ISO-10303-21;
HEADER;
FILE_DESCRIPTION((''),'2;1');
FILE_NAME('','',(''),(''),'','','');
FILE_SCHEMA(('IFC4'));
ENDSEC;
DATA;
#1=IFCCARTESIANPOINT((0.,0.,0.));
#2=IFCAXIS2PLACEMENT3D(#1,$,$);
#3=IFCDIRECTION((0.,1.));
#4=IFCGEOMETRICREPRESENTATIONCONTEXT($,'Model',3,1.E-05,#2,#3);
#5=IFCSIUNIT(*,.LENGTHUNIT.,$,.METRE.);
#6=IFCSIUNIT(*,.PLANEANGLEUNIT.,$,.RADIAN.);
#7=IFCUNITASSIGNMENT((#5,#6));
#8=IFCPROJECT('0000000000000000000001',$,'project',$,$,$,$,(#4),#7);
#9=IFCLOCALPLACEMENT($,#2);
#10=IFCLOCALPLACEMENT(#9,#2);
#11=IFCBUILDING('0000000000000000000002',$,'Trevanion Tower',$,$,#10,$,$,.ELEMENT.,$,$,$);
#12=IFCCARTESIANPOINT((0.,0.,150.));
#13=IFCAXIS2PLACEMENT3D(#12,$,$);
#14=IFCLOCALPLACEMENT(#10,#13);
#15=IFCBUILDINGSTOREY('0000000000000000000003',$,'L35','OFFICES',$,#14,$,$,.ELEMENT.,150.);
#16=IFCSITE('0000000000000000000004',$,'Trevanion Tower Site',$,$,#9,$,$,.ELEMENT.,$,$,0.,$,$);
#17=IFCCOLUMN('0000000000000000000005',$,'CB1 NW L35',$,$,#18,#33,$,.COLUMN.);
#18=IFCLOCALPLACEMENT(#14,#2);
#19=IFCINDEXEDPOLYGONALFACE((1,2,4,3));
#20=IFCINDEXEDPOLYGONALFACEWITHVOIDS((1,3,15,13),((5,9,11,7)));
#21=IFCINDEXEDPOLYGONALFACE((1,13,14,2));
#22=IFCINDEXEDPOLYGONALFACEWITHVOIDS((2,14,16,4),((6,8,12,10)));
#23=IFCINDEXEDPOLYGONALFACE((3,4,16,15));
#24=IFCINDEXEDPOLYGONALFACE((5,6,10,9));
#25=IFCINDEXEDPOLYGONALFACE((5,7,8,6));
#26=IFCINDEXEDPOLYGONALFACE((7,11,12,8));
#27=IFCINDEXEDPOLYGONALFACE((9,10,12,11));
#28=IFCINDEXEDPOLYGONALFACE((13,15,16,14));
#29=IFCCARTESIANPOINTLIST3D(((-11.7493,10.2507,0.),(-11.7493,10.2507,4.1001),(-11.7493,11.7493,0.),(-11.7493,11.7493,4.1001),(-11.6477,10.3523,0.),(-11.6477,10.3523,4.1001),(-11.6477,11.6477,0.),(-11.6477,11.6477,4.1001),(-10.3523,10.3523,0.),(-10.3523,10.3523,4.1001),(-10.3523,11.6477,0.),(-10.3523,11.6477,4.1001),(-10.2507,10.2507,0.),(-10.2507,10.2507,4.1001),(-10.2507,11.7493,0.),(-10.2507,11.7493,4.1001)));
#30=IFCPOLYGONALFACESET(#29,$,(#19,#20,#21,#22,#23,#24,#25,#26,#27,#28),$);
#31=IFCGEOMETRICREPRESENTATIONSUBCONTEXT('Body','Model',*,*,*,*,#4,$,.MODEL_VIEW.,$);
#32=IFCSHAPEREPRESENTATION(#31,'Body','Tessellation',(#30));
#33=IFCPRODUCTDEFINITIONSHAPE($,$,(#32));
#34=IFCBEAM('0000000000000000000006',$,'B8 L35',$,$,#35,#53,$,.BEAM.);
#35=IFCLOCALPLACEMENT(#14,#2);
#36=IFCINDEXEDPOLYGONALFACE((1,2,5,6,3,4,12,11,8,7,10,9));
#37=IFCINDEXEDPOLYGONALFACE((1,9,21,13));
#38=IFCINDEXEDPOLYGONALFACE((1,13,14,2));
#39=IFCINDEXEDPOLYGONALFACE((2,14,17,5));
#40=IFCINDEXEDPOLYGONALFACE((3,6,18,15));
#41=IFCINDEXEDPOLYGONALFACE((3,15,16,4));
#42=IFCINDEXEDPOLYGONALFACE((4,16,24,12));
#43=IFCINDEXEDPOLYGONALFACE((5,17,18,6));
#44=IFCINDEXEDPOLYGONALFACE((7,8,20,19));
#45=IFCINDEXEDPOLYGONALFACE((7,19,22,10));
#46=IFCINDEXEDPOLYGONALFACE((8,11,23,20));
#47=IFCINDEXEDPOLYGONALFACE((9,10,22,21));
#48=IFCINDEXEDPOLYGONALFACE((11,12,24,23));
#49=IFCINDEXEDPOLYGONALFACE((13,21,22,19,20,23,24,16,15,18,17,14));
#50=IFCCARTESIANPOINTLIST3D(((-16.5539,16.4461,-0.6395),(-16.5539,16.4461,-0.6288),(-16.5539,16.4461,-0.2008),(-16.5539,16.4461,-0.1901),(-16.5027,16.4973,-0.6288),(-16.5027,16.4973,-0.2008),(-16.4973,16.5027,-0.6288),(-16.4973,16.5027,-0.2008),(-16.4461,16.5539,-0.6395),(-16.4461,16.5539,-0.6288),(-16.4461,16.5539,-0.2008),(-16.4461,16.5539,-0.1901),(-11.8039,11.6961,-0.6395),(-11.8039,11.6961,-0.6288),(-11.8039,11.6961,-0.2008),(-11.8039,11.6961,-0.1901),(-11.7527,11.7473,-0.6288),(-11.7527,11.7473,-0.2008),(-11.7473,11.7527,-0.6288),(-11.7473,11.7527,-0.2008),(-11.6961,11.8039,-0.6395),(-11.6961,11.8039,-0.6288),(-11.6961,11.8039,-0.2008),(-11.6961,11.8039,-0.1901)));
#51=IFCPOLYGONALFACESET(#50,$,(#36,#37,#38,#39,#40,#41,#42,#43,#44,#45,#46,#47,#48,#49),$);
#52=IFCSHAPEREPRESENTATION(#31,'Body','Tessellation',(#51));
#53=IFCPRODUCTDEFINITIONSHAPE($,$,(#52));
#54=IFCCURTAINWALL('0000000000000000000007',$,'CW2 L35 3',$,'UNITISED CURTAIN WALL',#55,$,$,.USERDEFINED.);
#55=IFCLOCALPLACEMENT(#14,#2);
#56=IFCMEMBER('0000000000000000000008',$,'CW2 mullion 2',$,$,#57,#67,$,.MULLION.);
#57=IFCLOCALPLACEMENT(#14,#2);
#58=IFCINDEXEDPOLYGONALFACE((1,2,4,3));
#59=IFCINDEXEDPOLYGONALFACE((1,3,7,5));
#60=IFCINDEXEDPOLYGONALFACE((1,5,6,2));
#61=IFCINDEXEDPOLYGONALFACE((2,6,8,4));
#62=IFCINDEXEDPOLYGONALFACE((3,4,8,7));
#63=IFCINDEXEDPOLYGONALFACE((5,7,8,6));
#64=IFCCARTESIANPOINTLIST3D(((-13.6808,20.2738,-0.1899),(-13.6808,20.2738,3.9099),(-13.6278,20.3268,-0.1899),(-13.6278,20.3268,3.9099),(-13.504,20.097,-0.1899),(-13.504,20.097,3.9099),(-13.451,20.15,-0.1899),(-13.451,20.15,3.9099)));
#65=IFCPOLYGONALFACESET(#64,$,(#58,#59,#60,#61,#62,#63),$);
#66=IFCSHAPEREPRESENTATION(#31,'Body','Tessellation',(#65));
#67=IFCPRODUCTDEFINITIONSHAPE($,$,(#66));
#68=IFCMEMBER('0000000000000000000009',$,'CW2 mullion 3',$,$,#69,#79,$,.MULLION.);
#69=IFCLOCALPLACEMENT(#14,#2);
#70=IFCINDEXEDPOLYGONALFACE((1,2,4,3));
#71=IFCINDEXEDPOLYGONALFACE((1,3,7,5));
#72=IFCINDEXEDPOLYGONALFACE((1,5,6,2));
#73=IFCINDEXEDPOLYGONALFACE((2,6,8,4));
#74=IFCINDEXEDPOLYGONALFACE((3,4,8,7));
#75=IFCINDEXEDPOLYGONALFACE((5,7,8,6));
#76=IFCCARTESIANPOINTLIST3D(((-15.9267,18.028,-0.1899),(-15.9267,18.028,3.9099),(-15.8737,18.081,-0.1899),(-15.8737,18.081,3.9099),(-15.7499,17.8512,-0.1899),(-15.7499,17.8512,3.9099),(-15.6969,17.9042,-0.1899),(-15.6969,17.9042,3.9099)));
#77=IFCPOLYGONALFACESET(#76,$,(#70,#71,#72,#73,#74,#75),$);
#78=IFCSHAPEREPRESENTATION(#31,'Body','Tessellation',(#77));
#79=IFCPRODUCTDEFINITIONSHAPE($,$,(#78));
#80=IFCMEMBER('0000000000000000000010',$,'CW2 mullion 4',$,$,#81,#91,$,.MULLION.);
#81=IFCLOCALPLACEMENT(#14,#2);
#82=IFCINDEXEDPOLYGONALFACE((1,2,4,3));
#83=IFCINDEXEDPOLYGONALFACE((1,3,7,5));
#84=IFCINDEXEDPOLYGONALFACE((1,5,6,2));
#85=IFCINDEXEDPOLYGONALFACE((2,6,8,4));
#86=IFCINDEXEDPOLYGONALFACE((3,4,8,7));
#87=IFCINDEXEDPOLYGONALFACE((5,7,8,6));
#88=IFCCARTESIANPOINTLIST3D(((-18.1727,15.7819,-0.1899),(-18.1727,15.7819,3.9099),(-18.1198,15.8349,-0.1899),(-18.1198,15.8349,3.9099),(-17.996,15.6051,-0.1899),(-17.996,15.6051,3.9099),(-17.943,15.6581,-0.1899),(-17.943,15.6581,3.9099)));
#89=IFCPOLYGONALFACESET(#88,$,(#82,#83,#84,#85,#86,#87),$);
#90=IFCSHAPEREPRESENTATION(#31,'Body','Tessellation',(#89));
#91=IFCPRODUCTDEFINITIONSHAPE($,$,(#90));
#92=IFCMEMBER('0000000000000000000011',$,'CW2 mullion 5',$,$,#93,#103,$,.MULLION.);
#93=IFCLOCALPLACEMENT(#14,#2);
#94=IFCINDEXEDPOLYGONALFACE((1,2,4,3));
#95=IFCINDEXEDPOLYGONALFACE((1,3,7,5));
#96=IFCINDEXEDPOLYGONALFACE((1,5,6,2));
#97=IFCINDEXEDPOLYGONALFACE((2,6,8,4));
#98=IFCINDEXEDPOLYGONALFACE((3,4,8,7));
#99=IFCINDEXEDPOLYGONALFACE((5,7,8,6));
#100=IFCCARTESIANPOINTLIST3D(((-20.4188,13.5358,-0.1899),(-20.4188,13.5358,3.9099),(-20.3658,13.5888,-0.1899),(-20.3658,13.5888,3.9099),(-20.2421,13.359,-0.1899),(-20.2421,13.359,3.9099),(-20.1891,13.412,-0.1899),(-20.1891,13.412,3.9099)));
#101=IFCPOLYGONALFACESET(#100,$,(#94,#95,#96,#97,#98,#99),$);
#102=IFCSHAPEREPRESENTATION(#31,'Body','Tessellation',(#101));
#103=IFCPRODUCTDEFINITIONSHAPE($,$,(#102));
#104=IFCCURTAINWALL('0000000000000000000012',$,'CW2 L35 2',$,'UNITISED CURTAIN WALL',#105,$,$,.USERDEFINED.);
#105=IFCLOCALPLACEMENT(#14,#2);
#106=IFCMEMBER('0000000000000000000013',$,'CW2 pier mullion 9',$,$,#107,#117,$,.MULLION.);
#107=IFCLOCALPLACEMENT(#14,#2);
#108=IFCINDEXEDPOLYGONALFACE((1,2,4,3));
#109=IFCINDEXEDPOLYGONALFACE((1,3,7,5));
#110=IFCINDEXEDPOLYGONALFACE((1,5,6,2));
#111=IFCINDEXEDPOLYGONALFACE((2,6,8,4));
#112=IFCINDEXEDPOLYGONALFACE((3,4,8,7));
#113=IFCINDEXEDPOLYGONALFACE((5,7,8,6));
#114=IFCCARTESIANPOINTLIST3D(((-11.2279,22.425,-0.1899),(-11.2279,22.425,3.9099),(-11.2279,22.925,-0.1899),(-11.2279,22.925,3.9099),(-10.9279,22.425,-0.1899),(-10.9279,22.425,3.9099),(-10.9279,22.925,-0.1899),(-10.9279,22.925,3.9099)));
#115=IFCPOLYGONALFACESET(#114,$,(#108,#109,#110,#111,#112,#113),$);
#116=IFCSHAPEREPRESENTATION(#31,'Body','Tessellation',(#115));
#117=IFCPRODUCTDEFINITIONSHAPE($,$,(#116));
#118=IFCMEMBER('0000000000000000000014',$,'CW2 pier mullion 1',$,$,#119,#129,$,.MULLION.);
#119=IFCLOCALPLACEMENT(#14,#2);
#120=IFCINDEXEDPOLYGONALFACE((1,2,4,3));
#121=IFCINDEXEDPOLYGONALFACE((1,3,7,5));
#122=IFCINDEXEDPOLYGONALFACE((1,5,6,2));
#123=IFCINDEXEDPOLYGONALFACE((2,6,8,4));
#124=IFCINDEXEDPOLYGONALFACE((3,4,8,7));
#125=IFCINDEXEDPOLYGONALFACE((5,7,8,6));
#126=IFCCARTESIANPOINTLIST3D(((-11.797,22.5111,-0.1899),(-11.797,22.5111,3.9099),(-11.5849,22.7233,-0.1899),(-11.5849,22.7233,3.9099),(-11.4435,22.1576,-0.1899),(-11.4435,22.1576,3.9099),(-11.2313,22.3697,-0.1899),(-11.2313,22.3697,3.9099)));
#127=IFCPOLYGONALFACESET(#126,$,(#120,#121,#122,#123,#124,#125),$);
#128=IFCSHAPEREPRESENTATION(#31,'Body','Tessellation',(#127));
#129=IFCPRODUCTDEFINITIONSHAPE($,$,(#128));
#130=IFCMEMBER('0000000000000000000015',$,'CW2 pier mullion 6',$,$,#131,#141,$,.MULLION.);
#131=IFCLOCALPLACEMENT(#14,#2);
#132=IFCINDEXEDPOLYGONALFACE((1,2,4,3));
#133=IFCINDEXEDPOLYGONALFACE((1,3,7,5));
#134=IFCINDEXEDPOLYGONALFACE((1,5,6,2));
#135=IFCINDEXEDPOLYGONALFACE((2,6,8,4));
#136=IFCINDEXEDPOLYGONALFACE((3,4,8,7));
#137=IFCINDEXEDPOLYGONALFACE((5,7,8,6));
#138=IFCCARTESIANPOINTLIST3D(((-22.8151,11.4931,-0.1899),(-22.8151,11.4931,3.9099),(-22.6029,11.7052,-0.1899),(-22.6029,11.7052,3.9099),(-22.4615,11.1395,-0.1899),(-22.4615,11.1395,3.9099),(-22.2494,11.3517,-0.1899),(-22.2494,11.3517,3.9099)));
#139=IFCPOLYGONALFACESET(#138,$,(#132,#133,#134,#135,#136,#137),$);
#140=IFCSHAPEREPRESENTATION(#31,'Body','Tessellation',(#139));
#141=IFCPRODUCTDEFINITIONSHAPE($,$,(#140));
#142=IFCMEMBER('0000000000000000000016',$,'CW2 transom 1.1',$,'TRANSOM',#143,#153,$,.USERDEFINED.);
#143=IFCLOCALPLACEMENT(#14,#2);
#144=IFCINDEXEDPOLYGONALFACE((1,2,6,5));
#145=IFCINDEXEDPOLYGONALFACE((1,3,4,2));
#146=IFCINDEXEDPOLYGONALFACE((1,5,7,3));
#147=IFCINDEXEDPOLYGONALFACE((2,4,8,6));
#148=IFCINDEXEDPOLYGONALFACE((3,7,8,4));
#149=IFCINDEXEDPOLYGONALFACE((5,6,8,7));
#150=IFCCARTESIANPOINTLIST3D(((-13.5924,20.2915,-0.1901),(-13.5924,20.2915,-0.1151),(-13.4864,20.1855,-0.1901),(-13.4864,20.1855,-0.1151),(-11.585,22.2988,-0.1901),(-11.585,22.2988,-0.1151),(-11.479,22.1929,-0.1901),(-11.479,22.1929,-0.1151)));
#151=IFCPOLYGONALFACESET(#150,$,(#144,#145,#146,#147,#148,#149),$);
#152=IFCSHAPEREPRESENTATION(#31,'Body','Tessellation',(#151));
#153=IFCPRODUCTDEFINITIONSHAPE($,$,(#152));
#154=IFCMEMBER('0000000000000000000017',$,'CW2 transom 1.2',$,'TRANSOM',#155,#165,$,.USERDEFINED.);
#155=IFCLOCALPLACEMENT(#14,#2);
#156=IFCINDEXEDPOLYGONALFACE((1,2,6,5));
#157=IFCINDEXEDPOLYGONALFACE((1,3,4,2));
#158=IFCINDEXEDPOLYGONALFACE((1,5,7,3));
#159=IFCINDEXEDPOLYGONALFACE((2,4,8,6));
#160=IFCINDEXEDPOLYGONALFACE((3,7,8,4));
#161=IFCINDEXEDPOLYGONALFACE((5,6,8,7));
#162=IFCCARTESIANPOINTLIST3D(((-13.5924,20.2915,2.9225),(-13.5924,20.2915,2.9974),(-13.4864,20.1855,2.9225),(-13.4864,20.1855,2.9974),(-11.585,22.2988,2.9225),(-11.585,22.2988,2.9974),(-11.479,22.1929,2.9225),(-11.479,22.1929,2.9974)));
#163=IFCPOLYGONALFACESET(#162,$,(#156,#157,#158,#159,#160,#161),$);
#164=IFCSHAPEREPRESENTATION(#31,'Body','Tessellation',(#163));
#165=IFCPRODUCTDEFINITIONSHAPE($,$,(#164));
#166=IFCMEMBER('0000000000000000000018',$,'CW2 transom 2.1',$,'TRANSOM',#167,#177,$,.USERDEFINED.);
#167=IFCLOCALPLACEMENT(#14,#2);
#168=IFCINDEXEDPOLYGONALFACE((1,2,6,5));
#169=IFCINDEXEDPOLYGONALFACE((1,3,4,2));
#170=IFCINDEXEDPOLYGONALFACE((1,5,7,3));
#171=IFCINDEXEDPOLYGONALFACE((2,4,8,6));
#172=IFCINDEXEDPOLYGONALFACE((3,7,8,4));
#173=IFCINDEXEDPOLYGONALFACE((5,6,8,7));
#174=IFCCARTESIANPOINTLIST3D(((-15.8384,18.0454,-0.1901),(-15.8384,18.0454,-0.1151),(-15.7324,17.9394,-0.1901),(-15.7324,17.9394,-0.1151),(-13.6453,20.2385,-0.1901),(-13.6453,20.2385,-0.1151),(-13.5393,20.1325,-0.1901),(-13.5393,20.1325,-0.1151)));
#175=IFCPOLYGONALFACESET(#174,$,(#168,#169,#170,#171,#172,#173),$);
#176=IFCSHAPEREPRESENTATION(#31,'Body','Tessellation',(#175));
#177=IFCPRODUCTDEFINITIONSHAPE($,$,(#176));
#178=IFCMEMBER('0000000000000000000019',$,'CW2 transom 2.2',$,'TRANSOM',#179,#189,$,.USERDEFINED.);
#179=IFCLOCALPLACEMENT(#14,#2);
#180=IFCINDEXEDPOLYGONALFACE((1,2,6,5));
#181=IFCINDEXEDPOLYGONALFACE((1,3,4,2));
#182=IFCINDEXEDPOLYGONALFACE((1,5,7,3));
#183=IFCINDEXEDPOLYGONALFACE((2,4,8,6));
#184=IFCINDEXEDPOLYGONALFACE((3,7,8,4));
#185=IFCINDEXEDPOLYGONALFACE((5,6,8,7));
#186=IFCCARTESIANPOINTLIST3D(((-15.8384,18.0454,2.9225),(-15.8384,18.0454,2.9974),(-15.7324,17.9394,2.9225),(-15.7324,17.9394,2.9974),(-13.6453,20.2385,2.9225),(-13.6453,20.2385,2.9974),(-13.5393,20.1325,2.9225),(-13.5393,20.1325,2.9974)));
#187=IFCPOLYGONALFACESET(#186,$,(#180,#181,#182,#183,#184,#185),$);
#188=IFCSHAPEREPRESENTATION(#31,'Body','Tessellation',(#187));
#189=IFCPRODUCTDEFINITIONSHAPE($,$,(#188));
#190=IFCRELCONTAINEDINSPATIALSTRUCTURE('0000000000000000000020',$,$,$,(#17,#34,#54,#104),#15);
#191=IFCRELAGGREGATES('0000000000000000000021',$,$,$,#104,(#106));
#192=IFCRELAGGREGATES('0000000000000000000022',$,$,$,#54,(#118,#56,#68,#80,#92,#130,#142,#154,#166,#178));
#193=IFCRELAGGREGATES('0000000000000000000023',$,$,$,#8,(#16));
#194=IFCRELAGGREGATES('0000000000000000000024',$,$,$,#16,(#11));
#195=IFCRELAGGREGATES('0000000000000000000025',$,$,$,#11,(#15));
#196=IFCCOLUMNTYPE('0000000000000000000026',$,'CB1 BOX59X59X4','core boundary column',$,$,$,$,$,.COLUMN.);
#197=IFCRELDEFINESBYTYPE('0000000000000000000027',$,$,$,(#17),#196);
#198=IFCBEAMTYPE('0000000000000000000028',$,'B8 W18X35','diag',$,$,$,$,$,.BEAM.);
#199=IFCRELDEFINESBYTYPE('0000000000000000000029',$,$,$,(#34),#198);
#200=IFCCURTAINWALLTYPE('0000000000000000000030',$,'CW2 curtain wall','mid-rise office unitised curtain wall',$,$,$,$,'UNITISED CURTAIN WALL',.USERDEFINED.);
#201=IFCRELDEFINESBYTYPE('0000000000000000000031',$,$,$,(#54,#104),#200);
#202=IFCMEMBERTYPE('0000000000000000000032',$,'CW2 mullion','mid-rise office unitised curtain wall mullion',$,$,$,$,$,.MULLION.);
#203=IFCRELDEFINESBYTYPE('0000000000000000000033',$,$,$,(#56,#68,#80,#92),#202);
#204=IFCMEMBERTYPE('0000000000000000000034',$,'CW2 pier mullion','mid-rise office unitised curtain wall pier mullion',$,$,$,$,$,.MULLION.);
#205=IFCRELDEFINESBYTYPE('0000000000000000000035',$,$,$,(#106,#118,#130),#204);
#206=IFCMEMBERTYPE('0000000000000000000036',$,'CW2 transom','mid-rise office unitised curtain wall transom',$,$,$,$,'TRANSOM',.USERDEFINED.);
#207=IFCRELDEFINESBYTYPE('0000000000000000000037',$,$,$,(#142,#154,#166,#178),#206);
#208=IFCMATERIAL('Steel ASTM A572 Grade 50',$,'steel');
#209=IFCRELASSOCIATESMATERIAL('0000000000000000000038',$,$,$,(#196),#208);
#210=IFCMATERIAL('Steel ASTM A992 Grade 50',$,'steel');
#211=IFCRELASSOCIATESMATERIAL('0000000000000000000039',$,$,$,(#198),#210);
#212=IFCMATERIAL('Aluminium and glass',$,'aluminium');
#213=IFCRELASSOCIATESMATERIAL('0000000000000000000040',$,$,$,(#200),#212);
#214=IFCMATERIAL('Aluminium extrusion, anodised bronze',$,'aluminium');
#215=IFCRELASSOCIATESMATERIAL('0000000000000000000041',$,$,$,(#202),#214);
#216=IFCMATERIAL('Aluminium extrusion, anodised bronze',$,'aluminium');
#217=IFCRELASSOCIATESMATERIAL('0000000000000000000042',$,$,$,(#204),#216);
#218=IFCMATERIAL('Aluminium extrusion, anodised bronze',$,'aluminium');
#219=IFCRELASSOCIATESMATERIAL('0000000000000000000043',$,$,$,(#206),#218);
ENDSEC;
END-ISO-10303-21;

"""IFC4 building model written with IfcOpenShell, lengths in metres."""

from ifc_helpers import new_model, si_unit, direction, frame, origin, origin_2d, place, context, subcontext, project, spatial, rectangle, hollow_rectangle, i_section, extrude, material, material_profile, profile_set, type_object, element, aggregate, save


model = new_model("IFC4")

# Units and contexts
model_context = context("Model", 3, precision=1e-05, world=origin(), true_north=direction((0.0, 1.0)))
body_context = subcontext(model_context, "Body", "Model", "MODEL_VIEW")
ifc_project = project(units=[si_unit("LENGTHUNIT", "METRE"), si_unit("PLANEANGLEUNIT", "RADIAN")], contexts=[model_context])

# Site, building, storey
site_placement = place(None, origin())
site = spatial("IfcSite", under=ifc_project, at=site_placement, Name="Trevanion Tower Site", CompositionType="ELEMENT", RefElevation=0.0)
building_placement = place(site_placement, origin())
building = spatial("IfcBuilding", under=site, at=building_placement, Name="Trevanion Tower", CompositionType="ELEMENT")
storey_placement = place(building_placement, frame((0.0, 0.0, 150.0)))
storey = spatial("IfcBuildingStorey", under=building, at=storey_placement, Name="L35", Description="OFFICES", CompositionType="ELEMENT", Elevation=150.0)

# Column
ifc_material_1 = material(Name="Steel ASTM A572 Grade 50", Category="steel")
ifc_material_profile_1 = material_profile(ifc_material_1, hollow_rectangle(XDim=1.4985, YDim=1.4985, WallThickness=0.1016, at=origin_2d()), Name="BOX59X59X4")
ifc_profile_set_1 = profile_set([ifc_material_profile_1], Name="Steel ASTM A572 Grade 50")
column_type = type_object("IfcColumnType", Name="CB1 BOX59X59X4", Description="core boundary column", PredefinedType="COLUMN", material=ifc_profile_set_1)
column_placement = place(storey_placement, frame((-11.0, 11.0, 0.0), z_axis=(0.0, 0.0, 1.0), x_axis=(1.0, 0.0, 0.0)))
element("IfcColumn", 1, at=column_placement, inside=storey, type_object=column_type, Name="CB1 NW L35", PredefinedType="COLUMN", context=body_context, shape_type="SweptSolid", body=[
    extrude(hollow_rectangle(XDim=1.4985, YDim=1.4985, WallThickness=0.1016, at=origin_2d()), origin(), (0.0, 0.0, 1.0), 4.1001),
])

# Beam
ifc_material_2 = material(Name="Steel ASTM A992 Grade 50", Category="steel")
ifc_material_profile_2 = material_profile(ifc_material_2, i_section(OverallWidth=0.1523, OverallDepth=0.4495, WebThickness=0.0076, FlangeThickness=0.0107, at=origin_2d()), Name="W18X35")
ifc_profile_set_2 = profile_set([ifc_material_profile_2], Name="Steel ASTM A992 Grade 50")
beam_type_1 = type_object("IfcBeamType", Name="B8 W18X35", Description="diag", PredefinedType="BEAM", material=ifc_profile_set_2)
beam_1_placement = place(storey_placement, frame((-11.75, 11.75, -0.4148), z_axis=(-0.707107, 0.707107, 0.0), x_axis=(-0.707107, -0.707107, 0.0)))
element("IfcBeam", 2, at=beam_1_placement, inside=storey, type_object=beam_type_1, Name="B8 L35", PredefinedType="BEAM", context=body_context, shape_type="SweptSolid", body=[
    extrude(i_section(OverallWidth=0.1523, OverallDepth=0.4495, WebThickness=0.0076, FlangeThickness=0.0107, at=origin_2d()), origin(), (0.0, 0.0, 1.0), 6.7175),
])

# Curtain wall, members
ifc_material_3 = material(Name="Aluminium and glass", Category="aluminium")
curtain_wall_type = type_object("IfcCurtainWallType", Name="CW2 curtain wall", Description="mid-rise office unitised curtain wall", ElementType="UNITISED CURTAIN WALL", PredefinedType="USERDEFINED", material=ifc_material_3)
curtain_wall_1_placement = place(storey_placement, origin())
curtain_wall_1 = element("IfcCurtainWall", 3, at=curtain_wall_1_placement, inside=storey, type_object=curtain_wall_type, Name="CW2 L35 3", ObjectType="UNITISED CURTAIN WALL", PredefinedType="USERDEFINED")
ifc_material_4 = material(Name="Aluminium extrusion, anodised bronze", Category="aluminium")
ifc_material_profile_3 = material_profile(ifc_material_4, rectangle(XDim=0.075, YDim=0.25, at=origin_2d()), Name="CW2 mullion")
ifc_profile_set_3 = profile_set([ifc_material_profile_3], Name="Aluminium extrusion, anodised bronze")
member_type_1 = type_object("IfcMemberType", Name="CW2 mullion", Description="mid-rise office unitised curtain wall mullion", PredefinedType="MULLION", material=ifc_profile_set_3)
member_1_placement = place(storey_placement, frame((-13.5659, 20.2119, -0.1899), z_axis=(0.0, 0.0, 1.0), x_axis=(-0.707107, -0.707107, 0.0)))
member_1 = element("IfcMember", 4, at=member_1_placement, type_object=member_type_1, Name="CW2 mullion 2", PredefinedType="MULLION", context=body_context, shape_type="SweptSolid", body=[
    extrude(rectangle(XDim=0.075, YDim=0.25, at=origin_2d()), origin(), (0.0, 0.0, 1.0), 4.0999),
])
member_2_placement = place(storey_placement, frame((-15.8118, 17.9661, -0.1899), z_axis=(0.0, 0.0, 1.0), x_axis=(-0.707107, -0.707107, 0.0)))
member_2 = element("IfcMember", 5, at=member_2_placement, type_object=member_type_1, Name="CW2 mullion 3", PredefinedType="MULLION", context=body_context, shape_type="SweptSolid", body=[
    extrude(rectangle(XDim=0.075, YDim=0.25, at=origin_2d()), origin(), (0.0, 0.0, 1.0), 4.0999),
])
member_3_placement = place(storey_placement, frame((-18.0579, 15.72, -0.1899), z_axis=(0.0, 0.0, 1.0), x_axis=(-0.707107, -0.707107, 0.0)))
member_3 = element("IfcMember", 6, at=member_3_placement, type_object=member_type_1, Name="CW2 mullion 4", PredefinedType="MULLION", context=body_context, shape_type="SweptSolid", body=[
    extrude(rectangle(XDim=0.075, YDim=0.25, at=origin_2d()), origin(), (0.0, 0.0, 1.0), 4.0999),
])
member_4_placement = place(storey_placement, frame((-20.304, 13.4739, -0.1899), z_axis=(0.0, 0.0, 1.0), x_axis=(-0.707107, -0.707107, 0.0)))
member_4 = element("IfcMember", 7, at=member_4_placement, type_object=member_type_1, Name="CW2 mullion 5", PredefinedType="MULLION", context=body_context, shape_type="SweptSolid", body=[
    extrude(rectangle(XDim=0.075, YDim=0.25, at=origin_2d()), origin(), (0.0, 0.0, 1.0), 4.0999),
])

# Curtain wall, member
curtain_wall_2_placement = place(storey_placement, origin())
curtain_wall_2 = element("IfcCurtainWall", 8, at=curtain_wall_2_placement, inside=storey, type_object=curtain_wall_type, Name="CW2 L35 2", ObjectType="UNITISED CURTAIN WALL", PredefinedType="USERDEFINED")
ifc_material_5 = material(Name="Aluminium extrusion, anodised bronze", Category="aluminium")
ifc_material_profile_4 = material_profile(ifc_material_5, rectangle(XDim=0.3, YDim=0.5, at=origin_2d()), Name="CW2 pier mullion")
ifc_profile_set_4 = profile_set([ifc_material_profile_4], Name="Aluminium extrusion, anodised bronze")
member_type_2 = type_object("IfcMemberType", Name="CW2 pier mullion", Description="mid-rise office unitised curtain wall pier mullion", PredefinedType="MULLION", material=ifc_profile_set_4)
member_5_placement = place(storey_placement, frame((-11.0779, 22.675, -0.1899), z_axis=(0.0, 0.0, 1.0), x_axis=(-1.0, 0.0, 0.0)))
member_5 = element("IfcMember", 9, at=member_5_placement, type_object=member_type_2, Name="CW2 pier mullion 9", PredefinedType="MULLION", context=body_context, shape_type="SweptSolid", body=[
    extrude(rectangle(XDim=0.3, YDim=0.5, at=origin_2d()), origin(), (0.0, 0.0, 1.0), 4.0999),
])
aggregate(curtain_wall_2, [member_5])

# Members
member_6_placement = place(storey_placement, frame((-11.5142, 22.4404, -0.1899), z_axis=(0.0, 0.0, 1.0), x_axis=(-0.707107, -0.707107, 0.0)))
member_6 = element("IfcMember", 10, at=member_6_placement, type_object=member_type_2, Name="CW2 pier mullion 1", PredefinedType="MULLION", context=body_context, shape_type="SweptSolid", body=[
    extrude(rectangle(XDim=0.3, YDim=0.5, at=origin_2d()), origin(), (0.0, 0.0, 1.0), 4.0999),
])
member_7_placement = place(storey_placement, frame((-22.5322, 11.4224, -0.1899), z_axis=(0.0, 0.0, 1.0), x_axis=(-0.707107, -0.707107, 0.0)))
member_7 = element("IfcMember", 11, at=member_7_placement, type_object=member_type_2, Name="CW2 pier mullion 6", PredefinedType="MULLION", context=body_context, shape_type="SweptSolid", body=[
    extrude(rectangle(XDim=0.3, YDim=0.5, at=origin_2d()), origin(), (0.0, 0.0, 1.0), 4.0999),
])
ifc_material_6 = material(Name="Aluminium extrusion, anodised bronze", Category="aluminium")
ifc_material_profile_5 = material_profile(ifc_material_6, rectangle(XDim=0.1499, YDim=0.075, at=origin_2d()), Name="CW2 transom")
ifc_profile_set_5 = profile_set([ifc_material_profile_5], Name="Aluminium extrusion, anodised bronze")
member_type_3 = type_object("IfcMemberType", Name="CW2 transom", Description="mid-rise office unitised curtain wall transom", ElementType="TRANSOM", PredefinedType="USERDEFINED", material=ifc_profile_set_5)
member_8_placement = place(storey_placement, frame((-11.532, 22.2458, -0.1526), z_axis=(-0.707107, -0.707107, 0.0), x_axis=(0.707107, -0.707107, 0.0)))
member_8 = element("IfcMember", 12, at=member_8_placement, type_object=member_type_3, Name="CW2 transom 1.1", ObjectType="TRANSOM", PredefinedType="USERDEFINED", context=body_context, shape_type="SweptSolid", body=[
    extrude(rectangle(XDim=0.1499, YDim=0.075, at=origin_2d()), origin(), (0.0, 0.0, 1.0), 2.8389),
])
member_9_placement = place(storey_placement, frame((-11.532, 22.2458, 2.96), z_axis=(-0.707107, -0.707107, 0.0), x_axis=(0.707107, -0.707107, 0.0)))
member_9 = element("IfcMember", 13, at=member_9_placement, type_object=member_type_3, Name="CW2 transom 1.2", ObjectType="TRANSOM", PredefinedType="USERDEFINED", context=body_context, shape_type="SweptSolid", body=[
    extrude(rectangle(XDim=0.1499, YDim=0.075, at=origin_2d()), origin(), (0.0, 0.0, 1.0), 2.8389),
])
member_10_placement = place(storey_placement, frame((-13.5923, 20.1855, -0.1526), z_axis=(-0.707107, -0.707107, 0.0), x_axis=(0.707107, -0.707107, 0.0)))
member_10 = element("IfcMember", 14, at=member_10_placement, type_object=member_type_3, Name="CW2 transom 2.1", ObjectType="TRANSOM", PredefinedType="USERDEFINED", context=body_context, shape_type="SweptSolid", body=[
    extrude(rectangle(XDim=0.1499, YDim=0.075, at=origin_2d()), origin(), (0.0, 0.0, 1.0), 3.1016),
])
member_11_placement = place(storey_placement, frame((-13.5923, 20.1855, 2.96), z_axis=(-0.707107, -0.707107, 0.0), x_axis=(0.707107, -0.707107, 0.0)))
member_11 = element("IfcMember", 15, at=member_11_placement, type_object=member_type_3, Name="CW2 transom 2.2", ObjectType="TRANSOM", PredefinedType="USERDEFINED", context=body_context, shape_type="SweptSolid", body=[
    extrude(rectangle(XDim=0.1499, YDim=0.075, at=origin_2d()), origin(), (0.0, 0.0, 1.0), 3.1016),
])

aggregate(curtain_wall_1, [member_6, member_1, member_2, member_3, member_4, member_7, member_8, member_9, member_10, member_11])

save(model, "model.ifc")
